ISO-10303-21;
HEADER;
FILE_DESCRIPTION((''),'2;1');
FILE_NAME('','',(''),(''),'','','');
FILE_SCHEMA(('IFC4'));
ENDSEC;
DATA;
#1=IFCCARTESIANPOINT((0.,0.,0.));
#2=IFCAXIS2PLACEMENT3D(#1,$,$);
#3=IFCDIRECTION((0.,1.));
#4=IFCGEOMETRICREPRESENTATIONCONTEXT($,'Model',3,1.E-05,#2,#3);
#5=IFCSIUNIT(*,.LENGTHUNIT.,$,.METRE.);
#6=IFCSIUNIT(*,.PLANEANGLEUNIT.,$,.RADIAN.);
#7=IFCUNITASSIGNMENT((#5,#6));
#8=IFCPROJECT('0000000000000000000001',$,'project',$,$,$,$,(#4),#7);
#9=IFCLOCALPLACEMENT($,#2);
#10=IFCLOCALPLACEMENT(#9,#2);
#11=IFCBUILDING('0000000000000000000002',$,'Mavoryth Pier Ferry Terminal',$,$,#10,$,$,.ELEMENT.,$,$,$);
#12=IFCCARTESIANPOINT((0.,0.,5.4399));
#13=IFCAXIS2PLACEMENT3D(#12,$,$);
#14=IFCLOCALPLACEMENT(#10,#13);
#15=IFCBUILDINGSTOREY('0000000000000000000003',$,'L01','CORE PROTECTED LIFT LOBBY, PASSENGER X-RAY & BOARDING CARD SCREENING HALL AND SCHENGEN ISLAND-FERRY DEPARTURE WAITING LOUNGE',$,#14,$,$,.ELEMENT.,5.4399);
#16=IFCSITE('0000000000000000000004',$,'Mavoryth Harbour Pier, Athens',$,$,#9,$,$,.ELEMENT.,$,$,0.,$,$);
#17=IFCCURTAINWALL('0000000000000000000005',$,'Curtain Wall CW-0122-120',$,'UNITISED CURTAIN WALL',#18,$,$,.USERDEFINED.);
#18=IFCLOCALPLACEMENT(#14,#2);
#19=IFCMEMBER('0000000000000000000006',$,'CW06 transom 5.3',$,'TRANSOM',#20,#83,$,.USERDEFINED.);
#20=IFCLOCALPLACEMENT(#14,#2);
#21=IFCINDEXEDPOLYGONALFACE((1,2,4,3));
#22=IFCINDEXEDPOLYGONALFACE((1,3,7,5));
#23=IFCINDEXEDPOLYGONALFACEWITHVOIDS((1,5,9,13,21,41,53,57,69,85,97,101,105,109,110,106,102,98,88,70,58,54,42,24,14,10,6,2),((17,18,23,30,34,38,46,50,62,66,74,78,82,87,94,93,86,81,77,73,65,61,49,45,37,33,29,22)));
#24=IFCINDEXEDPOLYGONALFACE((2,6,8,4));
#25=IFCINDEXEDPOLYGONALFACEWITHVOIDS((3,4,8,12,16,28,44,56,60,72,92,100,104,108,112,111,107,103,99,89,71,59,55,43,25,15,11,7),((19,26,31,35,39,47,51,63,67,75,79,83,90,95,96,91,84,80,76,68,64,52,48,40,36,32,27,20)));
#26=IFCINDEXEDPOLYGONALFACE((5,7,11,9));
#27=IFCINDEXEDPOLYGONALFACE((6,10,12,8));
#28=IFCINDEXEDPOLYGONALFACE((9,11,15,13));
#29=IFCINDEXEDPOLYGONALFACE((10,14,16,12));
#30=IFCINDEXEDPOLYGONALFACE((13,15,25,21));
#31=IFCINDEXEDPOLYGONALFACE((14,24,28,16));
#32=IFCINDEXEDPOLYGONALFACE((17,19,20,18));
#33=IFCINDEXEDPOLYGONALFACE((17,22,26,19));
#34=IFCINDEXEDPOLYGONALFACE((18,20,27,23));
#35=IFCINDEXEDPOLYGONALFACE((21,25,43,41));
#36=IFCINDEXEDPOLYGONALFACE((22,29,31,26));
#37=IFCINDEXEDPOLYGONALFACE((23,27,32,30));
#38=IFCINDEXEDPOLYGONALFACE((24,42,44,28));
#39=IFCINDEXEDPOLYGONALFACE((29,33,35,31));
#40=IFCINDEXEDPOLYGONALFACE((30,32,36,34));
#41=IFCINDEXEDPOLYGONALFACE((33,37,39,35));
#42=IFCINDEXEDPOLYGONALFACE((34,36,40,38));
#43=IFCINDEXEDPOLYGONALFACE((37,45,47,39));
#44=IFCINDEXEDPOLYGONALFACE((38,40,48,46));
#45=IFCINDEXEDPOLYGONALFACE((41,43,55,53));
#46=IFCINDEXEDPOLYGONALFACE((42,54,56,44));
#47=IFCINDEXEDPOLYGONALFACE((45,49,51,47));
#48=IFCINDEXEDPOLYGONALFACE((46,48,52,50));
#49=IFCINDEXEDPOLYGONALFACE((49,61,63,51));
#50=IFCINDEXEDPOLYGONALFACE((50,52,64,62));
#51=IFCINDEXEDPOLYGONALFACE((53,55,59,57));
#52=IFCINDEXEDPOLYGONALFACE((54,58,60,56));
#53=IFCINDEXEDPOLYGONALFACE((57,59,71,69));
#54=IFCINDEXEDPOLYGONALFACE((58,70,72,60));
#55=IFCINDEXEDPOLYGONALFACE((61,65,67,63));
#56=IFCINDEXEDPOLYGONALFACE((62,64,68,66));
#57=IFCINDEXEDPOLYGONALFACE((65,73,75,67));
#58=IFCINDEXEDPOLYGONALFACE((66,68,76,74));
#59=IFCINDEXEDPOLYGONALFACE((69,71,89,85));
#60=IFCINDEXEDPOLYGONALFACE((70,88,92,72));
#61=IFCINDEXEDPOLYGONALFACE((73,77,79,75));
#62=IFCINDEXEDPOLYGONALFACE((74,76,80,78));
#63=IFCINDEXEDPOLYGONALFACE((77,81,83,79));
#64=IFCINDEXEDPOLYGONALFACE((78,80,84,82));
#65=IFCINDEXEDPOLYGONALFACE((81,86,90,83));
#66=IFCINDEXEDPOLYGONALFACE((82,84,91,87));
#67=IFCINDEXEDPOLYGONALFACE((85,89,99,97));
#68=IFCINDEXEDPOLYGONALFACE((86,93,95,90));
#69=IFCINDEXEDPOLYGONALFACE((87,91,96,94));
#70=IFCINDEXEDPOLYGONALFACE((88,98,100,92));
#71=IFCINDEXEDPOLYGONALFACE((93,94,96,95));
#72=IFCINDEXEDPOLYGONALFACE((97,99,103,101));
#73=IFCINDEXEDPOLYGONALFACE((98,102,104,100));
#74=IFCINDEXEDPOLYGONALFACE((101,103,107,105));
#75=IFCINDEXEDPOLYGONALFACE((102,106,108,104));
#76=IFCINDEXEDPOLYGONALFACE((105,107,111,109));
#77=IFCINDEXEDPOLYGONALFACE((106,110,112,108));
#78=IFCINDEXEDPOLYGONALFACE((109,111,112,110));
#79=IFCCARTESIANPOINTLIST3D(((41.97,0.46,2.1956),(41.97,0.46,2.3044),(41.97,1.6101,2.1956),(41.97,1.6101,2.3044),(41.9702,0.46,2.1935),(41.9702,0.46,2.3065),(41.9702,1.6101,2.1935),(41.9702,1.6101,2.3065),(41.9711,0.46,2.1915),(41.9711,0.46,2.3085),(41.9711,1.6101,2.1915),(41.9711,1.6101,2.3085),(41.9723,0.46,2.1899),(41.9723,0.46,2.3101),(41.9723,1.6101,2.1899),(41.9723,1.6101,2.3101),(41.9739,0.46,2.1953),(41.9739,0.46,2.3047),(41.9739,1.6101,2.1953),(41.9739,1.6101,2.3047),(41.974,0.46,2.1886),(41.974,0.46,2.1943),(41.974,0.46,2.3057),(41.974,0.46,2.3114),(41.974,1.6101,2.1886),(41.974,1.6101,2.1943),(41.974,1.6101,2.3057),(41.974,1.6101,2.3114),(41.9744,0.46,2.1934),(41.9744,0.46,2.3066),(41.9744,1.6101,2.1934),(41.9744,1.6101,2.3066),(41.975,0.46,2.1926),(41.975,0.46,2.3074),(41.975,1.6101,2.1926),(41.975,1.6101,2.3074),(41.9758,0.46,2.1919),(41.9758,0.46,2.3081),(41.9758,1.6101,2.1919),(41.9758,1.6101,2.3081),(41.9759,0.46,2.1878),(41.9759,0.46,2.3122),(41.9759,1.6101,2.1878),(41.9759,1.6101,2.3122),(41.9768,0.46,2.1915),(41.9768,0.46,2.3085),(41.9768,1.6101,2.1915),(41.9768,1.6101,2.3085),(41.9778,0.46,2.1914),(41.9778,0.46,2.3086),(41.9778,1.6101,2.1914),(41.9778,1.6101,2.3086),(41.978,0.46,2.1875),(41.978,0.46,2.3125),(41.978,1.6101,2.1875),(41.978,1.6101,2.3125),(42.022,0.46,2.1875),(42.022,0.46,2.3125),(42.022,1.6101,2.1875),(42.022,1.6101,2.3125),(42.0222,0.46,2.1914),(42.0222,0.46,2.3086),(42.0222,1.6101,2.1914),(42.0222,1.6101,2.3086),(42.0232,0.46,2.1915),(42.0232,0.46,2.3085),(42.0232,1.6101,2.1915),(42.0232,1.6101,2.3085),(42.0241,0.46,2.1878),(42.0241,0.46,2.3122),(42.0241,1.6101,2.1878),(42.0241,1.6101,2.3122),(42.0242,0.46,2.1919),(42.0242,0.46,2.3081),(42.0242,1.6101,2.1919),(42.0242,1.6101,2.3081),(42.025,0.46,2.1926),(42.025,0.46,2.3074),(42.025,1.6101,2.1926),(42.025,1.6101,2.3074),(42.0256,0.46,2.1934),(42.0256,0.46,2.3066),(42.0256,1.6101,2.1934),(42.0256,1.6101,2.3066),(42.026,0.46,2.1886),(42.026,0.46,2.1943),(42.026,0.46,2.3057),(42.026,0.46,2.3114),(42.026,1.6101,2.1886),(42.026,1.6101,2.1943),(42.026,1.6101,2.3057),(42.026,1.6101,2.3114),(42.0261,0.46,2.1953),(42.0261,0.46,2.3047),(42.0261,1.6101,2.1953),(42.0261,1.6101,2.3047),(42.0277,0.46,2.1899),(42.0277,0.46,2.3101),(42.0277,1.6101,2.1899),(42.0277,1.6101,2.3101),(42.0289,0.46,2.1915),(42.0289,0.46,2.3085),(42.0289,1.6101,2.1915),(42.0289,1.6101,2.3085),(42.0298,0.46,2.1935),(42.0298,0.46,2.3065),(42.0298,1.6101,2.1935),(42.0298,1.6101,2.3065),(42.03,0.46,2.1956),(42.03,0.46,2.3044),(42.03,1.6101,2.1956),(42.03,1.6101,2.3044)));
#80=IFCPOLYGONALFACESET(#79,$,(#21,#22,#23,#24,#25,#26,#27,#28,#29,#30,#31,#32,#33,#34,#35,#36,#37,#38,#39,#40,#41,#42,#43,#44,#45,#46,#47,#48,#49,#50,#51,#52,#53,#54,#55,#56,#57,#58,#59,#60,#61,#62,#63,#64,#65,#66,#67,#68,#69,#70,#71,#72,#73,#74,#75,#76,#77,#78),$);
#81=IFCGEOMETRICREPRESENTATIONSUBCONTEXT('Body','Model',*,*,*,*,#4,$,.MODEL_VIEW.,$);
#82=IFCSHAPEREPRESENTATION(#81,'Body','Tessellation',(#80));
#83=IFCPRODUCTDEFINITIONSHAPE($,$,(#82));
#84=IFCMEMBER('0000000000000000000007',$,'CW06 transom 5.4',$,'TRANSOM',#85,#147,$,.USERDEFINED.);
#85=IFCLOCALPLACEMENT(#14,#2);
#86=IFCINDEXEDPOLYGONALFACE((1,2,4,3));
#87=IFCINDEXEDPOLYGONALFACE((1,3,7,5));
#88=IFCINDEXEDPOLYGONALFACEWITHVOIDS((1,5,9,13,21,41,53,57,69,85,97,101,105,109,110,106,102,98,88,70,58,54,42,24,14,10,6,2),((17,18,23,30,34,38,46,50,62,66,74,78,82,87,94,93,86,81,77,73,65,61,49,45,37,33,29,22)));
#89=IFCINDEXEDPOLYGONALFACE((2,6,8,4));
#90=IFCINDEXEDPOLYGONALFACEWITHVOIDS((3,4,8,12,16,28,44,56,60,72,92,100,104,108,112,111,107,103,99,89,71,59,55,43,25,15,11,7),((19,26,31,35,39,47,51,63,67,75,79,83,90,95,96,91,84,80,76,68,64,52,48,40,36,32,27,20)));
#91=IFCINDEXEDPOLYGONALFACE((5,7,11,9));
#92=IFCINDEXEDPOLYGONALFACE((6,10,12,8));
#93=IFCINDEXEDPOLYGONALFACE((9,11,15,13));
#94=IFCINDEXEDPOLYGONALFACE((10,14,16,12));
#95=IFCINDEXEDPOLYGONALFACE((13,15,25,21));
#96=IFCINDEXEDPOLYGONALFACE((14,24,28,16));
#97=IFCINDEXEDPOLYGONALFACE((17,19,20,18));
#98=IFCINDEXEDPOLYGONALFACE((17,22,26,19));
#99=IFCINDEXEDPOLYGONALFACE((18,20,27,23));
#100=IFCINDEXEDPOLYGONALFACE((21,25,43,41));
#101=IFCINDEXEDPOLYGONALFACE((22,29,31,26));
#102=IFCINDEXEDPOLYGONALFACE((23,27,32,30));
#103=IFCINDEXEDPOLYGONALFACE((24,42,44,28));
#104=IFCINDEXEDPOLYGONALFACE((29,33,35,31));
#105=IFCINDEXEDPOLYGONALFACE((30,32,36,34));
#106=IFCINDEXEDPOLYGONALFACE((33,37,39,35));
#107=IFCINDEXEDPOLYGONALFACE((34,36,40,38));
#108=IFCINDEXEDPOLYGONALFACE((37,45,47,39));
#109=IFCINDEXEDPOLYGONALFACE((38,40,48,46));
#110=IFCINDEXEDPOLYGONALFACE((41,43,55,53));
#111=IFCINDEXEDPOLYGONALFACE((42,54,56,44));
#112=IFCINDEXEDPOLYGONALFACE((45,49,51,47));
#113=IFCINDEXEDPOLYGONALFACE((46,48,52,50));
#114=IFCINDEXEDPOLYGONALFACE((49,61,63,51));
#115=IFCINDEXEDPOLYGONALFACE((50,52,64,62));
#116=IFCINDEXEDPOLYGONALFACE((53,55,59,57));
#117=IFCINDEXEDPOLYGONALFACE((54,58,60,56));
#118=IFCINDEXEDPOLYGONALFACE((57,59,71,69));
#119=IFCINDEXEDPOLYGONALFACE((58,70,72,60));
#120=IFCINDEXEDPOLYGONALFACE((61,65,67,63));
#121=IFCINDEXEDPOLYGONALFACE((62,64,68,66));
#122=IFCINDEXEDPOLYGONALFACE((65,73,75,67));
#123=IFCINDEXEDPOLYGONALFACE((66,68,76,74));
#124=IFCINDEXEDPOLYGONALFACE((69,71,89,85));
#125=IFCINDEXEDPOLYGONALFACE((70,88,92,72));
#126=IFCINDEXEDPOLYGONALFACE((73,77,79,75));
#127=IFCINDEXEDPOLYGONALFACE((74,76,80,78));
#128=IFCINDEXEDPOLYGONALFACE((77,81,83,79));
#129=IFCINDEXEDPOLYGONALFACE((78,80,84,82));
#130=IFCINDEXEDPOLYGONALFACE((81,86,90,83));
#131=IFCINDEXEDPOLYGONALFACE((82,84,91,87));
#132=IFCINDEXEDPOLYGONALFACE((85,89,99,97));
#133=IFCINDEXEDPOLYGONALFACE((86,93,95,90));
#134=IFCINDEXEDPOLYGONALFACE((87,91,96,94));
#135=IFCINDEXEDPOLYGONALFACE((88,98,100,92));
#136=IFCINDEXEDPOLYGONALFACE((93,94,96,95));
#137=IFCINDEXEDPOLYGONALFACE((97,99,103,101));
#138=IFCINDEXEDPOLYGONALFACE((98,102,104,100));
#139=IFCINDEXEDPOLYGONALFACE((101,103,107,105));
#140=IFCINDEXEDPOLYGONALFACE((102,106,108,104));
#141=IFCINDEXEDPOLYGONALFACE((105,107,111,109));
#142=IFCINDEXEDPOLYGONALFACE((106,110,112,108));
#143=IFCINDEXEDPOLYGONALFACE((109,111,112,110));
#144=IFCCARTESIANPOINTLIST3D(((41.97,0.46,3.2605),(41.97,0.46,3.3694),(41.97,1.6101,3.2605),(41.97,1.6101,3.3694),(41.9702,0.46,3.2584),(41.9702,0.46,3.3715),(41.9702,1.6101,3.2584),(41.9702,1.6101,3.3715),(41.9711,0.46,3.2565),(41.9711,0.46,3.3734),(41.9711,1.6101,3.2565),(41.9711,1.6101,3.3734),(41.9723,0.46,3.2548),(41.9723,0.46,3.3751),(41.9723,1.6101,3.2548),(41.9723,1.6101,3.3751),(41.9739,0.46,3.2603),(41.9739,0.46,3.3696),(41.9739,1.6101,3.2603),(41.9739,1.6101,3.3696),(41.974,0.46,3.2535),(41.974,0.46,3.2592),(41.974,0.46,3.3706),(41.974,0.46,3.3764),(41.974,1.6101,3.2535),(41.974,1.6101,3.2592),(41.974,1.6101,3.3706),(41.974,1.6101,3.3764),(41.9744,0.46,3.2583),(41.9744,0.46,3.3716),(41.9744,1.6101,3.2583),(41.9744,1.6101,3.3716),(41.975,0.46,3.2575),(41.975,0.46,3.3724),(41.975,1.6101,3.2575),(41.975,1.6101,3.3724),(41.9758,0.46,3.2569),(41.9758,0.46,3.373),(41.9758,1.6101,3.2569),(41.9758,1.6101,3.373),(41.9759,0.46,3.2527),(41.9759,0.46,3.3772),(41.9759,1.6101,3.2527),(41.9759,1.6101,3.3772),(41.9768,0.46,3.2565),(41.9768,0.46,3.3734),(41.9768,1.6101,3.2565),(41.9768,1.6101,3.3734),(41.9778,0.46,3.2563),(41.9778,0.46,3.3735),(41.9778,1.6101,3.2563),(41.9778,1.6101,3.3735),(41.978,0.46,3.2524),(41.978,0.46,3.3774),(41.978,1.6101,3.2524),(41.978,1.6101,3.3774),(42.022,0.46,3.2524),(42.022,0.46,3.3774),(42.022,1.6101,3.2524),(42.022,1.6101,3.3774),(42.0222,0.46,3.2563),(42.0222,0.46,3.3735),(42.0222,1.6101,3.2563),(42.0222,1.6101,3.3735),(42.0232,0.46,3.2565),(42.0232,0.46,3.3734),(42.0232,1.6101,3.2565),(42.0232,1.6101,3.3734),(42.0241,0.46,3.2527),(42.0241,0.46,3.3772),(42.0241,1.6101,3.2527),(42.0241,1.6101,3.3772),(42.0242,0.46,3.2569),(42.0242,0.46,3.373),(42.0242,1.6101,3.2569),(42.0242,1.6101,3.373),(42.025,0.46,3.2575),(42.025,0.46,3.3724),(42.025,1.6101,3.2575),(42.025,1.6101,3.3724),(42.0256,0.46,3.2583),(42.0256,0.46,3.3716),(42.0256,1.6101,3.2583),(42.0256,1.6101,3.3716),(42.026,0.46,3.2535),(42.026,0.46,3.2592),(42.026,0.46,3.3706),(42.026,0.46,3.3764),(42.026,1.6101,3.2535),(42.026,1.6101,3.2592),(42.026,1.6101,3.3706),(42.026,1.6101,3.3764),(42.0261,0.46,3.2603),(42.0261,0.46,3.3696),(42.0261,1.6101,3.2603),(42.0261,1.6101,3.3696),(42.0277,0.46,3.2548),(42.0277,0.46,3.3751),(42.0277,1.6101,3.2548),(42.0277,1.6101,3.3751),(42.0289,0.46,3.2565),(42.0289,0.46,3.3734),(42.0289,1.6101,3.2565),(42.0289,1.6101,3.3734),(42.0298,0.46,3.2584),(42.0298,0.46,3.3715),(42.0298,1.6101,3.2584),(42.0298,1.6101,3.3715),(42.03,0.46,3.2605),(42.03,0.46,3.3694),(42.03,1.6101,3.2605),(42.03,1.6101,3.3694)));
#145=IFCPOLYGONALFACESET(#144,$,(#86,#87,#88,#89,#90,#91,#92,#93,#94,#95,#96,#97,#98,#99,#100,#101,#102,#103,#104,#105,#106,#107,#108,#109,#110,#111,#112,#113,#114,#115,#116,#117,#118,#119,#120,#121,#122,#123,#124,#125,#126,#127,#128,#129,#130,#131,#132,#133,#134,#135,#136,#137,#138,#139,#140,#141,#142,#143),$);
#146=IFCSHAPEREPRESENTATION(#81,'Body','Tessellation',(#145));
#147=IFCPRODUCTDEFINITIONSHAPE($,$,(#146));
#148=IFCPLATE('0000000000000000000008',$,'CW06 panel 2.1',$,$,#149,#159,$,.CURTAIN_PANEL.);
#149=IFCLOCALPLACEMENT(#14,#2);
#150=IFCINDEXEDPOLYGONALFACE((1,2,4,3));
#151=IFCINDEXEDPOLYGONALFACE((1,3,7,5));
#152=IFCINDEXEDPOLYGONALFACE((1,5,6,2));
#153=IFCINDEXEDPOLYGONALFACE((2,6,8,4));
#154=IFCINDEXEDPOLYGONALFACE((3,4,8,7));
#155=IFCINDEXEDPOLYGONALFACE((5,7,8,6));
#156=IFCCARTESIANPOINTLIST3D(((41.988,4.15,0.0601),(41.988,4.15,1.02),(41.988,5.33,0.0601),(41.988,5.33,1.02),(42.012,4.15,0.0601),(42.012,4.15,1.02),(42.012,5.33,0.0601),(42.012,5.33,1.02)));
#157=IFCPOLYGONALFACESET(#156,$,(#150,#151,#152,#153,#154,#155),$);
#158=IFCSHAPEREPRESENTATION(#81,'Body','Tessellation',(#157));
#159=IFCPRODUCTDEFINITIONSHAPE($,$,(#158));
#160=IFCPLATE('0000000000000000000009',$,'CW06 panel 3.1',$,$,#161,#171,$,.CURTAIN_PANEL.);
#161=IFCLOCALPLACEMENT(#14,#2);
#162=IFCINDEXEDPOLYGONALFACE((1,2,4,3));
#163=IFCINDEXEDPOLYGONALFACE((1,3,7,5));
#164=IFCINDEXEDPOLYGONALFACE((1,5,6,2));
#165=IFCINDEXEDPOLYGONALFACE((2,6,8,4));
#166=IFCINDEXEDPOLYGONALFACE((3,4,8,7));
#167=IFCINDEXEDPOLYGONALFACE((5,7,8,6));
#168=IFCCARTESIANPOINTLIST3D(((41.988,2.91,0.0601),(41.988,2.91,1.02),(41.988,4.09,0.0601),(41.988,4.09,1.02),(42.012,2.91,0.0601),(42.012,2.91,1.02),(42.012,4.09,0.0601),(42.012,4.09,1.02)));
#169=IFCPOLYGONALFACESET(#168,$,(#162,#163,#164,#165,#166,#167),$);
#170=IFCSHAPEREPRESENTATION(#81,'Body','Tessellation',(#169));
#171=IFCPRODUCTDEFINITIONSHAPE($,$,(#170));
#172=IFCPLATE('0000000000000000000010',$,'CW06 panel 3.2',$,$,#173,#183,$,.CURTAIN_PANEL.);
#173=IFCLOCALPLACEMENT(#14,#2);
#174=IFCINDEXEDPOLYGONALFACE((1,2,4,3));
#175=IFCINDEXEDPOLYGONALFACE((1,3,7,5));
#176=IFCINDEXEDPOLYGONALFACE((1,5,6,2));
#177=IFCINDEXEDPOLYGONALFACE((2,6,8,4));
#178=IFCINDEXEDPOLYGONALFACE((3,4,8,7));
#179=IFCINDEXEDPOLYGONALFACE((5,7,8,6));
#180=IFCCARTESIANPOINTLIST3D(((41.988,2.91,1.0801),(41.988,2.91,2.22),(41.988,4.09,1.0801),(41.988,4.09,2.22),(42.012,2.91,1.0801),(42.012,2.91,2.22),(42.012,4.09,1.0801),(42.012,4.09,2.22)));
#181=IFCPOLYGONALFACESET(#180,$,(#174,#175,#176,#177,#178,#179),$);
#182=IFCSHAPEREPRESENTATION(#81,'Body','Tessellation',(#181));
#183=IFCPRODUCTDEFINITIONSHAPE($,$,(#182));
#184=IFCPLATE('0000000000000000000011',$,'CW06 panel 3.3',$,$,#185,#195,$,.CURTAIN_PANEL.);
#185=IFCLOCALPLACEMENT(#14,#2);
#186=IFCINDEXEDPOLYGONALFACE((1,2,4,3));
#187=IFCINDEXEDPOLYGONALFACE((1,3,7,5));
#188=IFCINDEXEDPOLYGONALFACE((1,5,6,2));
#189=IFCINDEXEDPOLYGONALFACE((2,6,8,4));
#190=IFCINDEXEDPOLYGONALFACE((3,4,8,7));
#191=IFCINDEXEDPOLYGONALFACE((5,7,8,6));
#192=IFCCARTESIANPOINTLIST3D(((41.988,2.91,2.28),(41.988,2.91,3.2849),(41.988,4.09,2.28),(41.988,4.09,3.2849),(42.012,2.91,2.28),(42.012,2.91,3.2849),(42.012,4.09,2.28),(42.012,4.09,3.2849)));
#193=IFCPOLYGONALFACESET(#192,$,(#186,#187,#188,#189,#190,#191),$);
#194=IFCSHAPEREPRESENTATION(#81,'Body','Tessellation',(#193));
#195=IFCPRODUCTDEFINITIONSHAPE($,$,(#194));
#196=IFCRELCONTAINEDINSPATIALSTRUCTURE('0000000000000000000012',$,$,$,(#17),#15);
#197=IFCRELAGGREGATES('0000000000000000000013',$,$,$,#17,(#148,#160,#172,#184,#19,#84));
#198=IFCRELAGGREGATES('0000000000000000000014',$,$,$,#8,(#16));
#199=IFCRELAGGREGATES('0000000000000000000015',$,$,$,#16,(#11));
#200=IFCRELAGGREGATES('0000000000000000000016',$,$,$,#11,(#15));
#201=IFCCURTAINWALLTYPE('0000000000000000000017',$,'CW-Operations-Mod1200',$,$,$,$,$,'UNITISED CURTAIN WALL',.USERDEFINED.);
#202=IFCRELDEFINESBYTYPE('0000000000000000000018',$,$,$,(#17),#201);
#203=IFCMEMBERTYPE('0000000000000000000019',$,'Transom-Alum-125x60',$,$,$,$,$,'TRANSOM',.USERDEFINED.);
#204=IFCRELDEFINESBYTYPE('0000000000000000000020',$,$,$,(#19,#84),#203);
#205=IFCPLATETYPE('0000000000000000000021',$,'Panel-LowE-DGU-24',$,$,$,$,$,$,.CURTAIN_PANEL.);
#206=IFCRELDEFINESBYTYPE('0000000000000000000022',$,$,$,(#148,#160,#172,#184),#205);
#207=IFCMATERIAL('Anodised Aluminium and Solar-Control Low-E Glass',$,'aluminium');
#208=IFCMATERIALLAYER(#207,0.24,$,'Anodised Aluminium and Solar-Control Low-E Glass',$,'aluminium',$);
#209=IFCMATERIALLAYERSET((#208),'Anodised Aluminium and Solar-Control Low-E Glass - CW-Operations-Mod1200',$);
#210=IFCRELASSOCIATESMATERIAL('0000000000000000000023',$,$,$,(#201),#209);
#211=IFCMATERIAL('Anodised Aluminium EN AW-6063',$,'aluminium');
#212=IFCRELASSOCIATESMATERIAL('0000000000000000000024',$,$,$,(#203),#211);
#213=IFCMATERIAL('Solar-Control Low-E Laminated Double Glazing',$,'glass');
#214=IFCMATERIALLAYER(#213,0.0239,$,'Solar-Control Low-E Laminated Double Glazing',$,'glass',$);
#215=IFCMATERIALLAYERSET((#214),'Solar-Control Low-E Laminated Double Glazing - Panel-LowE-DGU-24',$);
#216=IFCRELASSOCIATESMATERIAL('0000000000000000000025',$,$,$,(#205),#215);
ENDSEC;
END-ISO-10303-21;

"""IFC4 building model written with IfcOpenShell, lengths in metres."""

from ifc_helpers import new_model, si_unit, direction, frame, origin, origin_2d, place, context, subcontext, project, spatial, rectangle, hollow_rectangle, extrude, material, layer, layer_set, material_profile, profile_set, type_object, element, aggregate, save


model = new_model("IFC4")

# Units and contexts
model_context = context("Model", 3, precision=1e-05, world=origin(), true_north=direction((0.0, 1.0)))
body_context = subcontext(model_context, "Body", "Model", "MODEL_VIEW")
ifc_project = project(units=[si_unit("LENGTHUNIT", "METRE"), si_unit("PLANEANGLEUNIT", "RADIAN")], contexts=[model_context])

# Site, building, storey
site_placement = place(None, origin())
site = spatial("IfcSite", under=ifc_project, at=site_placement, Name="Mavoryth Harbour Pier, Athens", CompositionType="ELEMENT", RefElevation=0.0)
building_placement = place(site_placement, origin())
building = spatial("IfcBuilding", under=site, at=building_placement, Name="Mavoryth Pier Ferry Terminal", CompositionType="ELEMENT")
storey_placement = place(building_placement, frame((0.0, 0.0, 5.4399)))
storey = spatial("IfcBuildingStorey", under=building, at=storey_placement, Name="L01", Description="CORE PROTECTED LIFT LOBBY, PASSENGER X-RAY & BOARDING CARD SCREENING HALL AND SCHENGEN ISLAND-FERRY DEPARTURE WAITING LOUNGE", CompositionType="ELEMENT", Elevation=5.4399)

# Curtain wall
ifc_material_1 = material(Name="Anodised Aluminium and Solar-Control Low-E Glass", Category="aluminium")
ifc_layer_1 = layer(ifc_material_1, 0.24, Name="Anodised Aluminium and Solar-Control Low-E Glass", Category="aluminium")
ifc_layer_set_1 = layer_set([ifc_layer_1], Name="Anodised Aluminium and Solar-Control Low-E Glass - CW-Operations-Mod1200")
curtain_wall_type = type_object("IfcCurtainWallType", Name="CW-Operations-Mod1200", ElementType="UNITISED CURTAIN WALL", PredefinedType="USERDEFINED", material=ifc_layer_set_1)
curtain_wall_placement = place(storey_placement, origin())
curtain_wall = element("IfcCurtainWall", 1, at=curtain_wall_placement, inside=storey, type_object=curtain_wall_type, Name="Curtain Wall CW-0122-120", ObjectType="UNITISED CURTAIN WALL", PredefinedType="USERDEFINED")
ifc_material_2 = material(Name="Anodised Aluminium EN AW-6063", Category="aluminium")

# Members
ifc_material_profile_1 = material_profile(ifc_material_2, hollow_rectangle(XDim=0.0601, YDim=0.125, WallThickness=0.0039, InnerFilletRadius=0.0039, OuterFilletRadius=0.0081, at=origin_2d()), Name="AL-TRAN 125x60x4", Category="aluminium")
ifc_profile_set_1 = profile_set([ifc_material_profile_1], Name="Anodised Aluminium EN AW-6063 - AL-TRAN 125x60x4")
member_type_1 = type_object("IfcMemberType", Name="Transom-Alum-125x60", ElementType="TRANSOM", PredefinedType="USERDEFINED", material=ifc_profile_set_1)
member_1_placement = place(storey_placement, frame((42.0, 1.6101, 2.25), z_axis=(0.0, -1.0, 0.0), x_axis=(1.0, 0.0, 0.0)))
member_1 = element("IfcMember", 2, at=member_1_placement, type_object=member_type_1, Name="CW06 transom 5.3", ObjectType="TRANSOM", PredefinedType="USERDEFINED", context=body_context, shape_type="SweptSolid", body=[
    extrude(hollow_rectangle(XDim=0.0601, YDim=0.125, WallThickness=0.0039, InnerFilletRadius=0.0039, OuterFilletRadius=0.0081, at=origin_2d()), origin(), (0.0, 0.0, 1.0), 1.1501),
])
member_2_placement = place(storey_placement, frame((42.0, 1.6101, 3.3149), z_axis=(0.0, -1.0, 0.0), x_axis=(1.0, 0.0, 0.0)))
member_2 = element("IfcMember", 3, at=member_2_placement, type_object=member_type_1, Name="CW06 transom 5.4", ObjectType="TRANSOM", PredefinedType="USERDEFINED", context=body_context, shape_type="SweptSolid", body=[
    extrude(hollow_rectangle(XDim=0.0601, YDim=0.125, WallThickness=0.0039, InnerFilletRadius=0.0039, OuterFilletRadius=0.0081, at=origin_2d()), origin(), (0.0, 0.0, 1.0), 1.1501),
])

# Plates
ifc_material_3 = material(Name="Solar-Control Low-E Laminated Double Glazing", Category="glass")
ifc_layer_2 = layer(ifc_material_3, 0.0239, Name="Solar-Control Low-E Laminated Double Glazing", Category="glass")
ifc_layer_set_2 = layer_set([ifc_layer_2], Name="Solar-Control Low-E Laminated Double Glazing - Panel-LowE-DGU-24")
plate_type = type_object("IfcPlateType", Name="Panel-LowE-DGU-24", PredefinedType="CURTAIN_PANEL", material=ifc_layer_set_2)
plate_1_placement = place(storey_placement, frame((42.0, 4.74, 0.0601), z_axis=(0.0, 0.0, 1.0), x_axis=(0.0, -1.0, 0.0)))
plate_1 = element("IfcPlate", 4, at=plate_1_placement, type_object=plate_type, Name="CW06 panel 2.1", PredefinedType="CURTAIN_PANEL", context=body_context, shape_type="SweptSolid", body=[
    extrude(rectangle(XDim=1.1799, YDim=0.0239, at=origin_2d()), origin(), (0.0, 0.0, 1.0), 0.96),
])
plate_2_placement = place(storey_placement, frame((42.0, 3.5, 0.0601), z_axis=(0.0, 0.0, 1.0), x_axis=(0.0, -1.0, 0.0)))
plate_2 = element("IfcPlate", 5, at=plate_2_placement, type_object=plate_type, Name="CW06 panel 3.1", PredefinedType="CURTAIN_PANEL", context=body_context, shape_type="SweptSolid", body=[
    extrude(rectangle(XDim=1.1799, YDim=0.0239, at=origin_2d()), origin(), (0.0, 0.0, 1.0), 0.96),
])
plate_3_placement = place(storey_placement, frame((42.0, 3.5, 1.0801), z_axis=(0.0, 0.0, 1.0), x_axis=(0.0, -1.0, 0.0)))
plate_3 = element("IfcPlate", 6, at=plate_3_placement, type_object=plate_type, Name="CW06 panel 3.2", PredefinedType="CURTAIN_PANEL", context=body_context, shape_type="SweptSolid", body=[
    extrude(rectangle(XDim=1.1799, YDim=0.0239, at=origin_2d()), origin(), (0.0, 0.0, 1.0), 1.1399),
])
plate_4_placement = place(storey_placement, frame((42.0, 3.5, 2.28), z_axis=(0.0, 0.0, 1.0), x_axis=(0.0, -1.0, 0.0)))
plate_4 = element("IfcPlate", 7, at=plate_4_placement, type_object=plate_type, Name="CW06 panel 3.3", PredefinedType="CURTAIN_PANEL", context=body_context, shape_type="SweptSolid", body=[
    extrude(rectangle(XDim=1.1799, YDim=0.0239, at=origin_2d()), origin(), (0.0, 0.0, 1.0), 1.0049),
])
aggregate(curtain_wall, [plate_1, plate_2, plate_3, plate_4, member_1, member_2])

save(model, "model.ifc")
